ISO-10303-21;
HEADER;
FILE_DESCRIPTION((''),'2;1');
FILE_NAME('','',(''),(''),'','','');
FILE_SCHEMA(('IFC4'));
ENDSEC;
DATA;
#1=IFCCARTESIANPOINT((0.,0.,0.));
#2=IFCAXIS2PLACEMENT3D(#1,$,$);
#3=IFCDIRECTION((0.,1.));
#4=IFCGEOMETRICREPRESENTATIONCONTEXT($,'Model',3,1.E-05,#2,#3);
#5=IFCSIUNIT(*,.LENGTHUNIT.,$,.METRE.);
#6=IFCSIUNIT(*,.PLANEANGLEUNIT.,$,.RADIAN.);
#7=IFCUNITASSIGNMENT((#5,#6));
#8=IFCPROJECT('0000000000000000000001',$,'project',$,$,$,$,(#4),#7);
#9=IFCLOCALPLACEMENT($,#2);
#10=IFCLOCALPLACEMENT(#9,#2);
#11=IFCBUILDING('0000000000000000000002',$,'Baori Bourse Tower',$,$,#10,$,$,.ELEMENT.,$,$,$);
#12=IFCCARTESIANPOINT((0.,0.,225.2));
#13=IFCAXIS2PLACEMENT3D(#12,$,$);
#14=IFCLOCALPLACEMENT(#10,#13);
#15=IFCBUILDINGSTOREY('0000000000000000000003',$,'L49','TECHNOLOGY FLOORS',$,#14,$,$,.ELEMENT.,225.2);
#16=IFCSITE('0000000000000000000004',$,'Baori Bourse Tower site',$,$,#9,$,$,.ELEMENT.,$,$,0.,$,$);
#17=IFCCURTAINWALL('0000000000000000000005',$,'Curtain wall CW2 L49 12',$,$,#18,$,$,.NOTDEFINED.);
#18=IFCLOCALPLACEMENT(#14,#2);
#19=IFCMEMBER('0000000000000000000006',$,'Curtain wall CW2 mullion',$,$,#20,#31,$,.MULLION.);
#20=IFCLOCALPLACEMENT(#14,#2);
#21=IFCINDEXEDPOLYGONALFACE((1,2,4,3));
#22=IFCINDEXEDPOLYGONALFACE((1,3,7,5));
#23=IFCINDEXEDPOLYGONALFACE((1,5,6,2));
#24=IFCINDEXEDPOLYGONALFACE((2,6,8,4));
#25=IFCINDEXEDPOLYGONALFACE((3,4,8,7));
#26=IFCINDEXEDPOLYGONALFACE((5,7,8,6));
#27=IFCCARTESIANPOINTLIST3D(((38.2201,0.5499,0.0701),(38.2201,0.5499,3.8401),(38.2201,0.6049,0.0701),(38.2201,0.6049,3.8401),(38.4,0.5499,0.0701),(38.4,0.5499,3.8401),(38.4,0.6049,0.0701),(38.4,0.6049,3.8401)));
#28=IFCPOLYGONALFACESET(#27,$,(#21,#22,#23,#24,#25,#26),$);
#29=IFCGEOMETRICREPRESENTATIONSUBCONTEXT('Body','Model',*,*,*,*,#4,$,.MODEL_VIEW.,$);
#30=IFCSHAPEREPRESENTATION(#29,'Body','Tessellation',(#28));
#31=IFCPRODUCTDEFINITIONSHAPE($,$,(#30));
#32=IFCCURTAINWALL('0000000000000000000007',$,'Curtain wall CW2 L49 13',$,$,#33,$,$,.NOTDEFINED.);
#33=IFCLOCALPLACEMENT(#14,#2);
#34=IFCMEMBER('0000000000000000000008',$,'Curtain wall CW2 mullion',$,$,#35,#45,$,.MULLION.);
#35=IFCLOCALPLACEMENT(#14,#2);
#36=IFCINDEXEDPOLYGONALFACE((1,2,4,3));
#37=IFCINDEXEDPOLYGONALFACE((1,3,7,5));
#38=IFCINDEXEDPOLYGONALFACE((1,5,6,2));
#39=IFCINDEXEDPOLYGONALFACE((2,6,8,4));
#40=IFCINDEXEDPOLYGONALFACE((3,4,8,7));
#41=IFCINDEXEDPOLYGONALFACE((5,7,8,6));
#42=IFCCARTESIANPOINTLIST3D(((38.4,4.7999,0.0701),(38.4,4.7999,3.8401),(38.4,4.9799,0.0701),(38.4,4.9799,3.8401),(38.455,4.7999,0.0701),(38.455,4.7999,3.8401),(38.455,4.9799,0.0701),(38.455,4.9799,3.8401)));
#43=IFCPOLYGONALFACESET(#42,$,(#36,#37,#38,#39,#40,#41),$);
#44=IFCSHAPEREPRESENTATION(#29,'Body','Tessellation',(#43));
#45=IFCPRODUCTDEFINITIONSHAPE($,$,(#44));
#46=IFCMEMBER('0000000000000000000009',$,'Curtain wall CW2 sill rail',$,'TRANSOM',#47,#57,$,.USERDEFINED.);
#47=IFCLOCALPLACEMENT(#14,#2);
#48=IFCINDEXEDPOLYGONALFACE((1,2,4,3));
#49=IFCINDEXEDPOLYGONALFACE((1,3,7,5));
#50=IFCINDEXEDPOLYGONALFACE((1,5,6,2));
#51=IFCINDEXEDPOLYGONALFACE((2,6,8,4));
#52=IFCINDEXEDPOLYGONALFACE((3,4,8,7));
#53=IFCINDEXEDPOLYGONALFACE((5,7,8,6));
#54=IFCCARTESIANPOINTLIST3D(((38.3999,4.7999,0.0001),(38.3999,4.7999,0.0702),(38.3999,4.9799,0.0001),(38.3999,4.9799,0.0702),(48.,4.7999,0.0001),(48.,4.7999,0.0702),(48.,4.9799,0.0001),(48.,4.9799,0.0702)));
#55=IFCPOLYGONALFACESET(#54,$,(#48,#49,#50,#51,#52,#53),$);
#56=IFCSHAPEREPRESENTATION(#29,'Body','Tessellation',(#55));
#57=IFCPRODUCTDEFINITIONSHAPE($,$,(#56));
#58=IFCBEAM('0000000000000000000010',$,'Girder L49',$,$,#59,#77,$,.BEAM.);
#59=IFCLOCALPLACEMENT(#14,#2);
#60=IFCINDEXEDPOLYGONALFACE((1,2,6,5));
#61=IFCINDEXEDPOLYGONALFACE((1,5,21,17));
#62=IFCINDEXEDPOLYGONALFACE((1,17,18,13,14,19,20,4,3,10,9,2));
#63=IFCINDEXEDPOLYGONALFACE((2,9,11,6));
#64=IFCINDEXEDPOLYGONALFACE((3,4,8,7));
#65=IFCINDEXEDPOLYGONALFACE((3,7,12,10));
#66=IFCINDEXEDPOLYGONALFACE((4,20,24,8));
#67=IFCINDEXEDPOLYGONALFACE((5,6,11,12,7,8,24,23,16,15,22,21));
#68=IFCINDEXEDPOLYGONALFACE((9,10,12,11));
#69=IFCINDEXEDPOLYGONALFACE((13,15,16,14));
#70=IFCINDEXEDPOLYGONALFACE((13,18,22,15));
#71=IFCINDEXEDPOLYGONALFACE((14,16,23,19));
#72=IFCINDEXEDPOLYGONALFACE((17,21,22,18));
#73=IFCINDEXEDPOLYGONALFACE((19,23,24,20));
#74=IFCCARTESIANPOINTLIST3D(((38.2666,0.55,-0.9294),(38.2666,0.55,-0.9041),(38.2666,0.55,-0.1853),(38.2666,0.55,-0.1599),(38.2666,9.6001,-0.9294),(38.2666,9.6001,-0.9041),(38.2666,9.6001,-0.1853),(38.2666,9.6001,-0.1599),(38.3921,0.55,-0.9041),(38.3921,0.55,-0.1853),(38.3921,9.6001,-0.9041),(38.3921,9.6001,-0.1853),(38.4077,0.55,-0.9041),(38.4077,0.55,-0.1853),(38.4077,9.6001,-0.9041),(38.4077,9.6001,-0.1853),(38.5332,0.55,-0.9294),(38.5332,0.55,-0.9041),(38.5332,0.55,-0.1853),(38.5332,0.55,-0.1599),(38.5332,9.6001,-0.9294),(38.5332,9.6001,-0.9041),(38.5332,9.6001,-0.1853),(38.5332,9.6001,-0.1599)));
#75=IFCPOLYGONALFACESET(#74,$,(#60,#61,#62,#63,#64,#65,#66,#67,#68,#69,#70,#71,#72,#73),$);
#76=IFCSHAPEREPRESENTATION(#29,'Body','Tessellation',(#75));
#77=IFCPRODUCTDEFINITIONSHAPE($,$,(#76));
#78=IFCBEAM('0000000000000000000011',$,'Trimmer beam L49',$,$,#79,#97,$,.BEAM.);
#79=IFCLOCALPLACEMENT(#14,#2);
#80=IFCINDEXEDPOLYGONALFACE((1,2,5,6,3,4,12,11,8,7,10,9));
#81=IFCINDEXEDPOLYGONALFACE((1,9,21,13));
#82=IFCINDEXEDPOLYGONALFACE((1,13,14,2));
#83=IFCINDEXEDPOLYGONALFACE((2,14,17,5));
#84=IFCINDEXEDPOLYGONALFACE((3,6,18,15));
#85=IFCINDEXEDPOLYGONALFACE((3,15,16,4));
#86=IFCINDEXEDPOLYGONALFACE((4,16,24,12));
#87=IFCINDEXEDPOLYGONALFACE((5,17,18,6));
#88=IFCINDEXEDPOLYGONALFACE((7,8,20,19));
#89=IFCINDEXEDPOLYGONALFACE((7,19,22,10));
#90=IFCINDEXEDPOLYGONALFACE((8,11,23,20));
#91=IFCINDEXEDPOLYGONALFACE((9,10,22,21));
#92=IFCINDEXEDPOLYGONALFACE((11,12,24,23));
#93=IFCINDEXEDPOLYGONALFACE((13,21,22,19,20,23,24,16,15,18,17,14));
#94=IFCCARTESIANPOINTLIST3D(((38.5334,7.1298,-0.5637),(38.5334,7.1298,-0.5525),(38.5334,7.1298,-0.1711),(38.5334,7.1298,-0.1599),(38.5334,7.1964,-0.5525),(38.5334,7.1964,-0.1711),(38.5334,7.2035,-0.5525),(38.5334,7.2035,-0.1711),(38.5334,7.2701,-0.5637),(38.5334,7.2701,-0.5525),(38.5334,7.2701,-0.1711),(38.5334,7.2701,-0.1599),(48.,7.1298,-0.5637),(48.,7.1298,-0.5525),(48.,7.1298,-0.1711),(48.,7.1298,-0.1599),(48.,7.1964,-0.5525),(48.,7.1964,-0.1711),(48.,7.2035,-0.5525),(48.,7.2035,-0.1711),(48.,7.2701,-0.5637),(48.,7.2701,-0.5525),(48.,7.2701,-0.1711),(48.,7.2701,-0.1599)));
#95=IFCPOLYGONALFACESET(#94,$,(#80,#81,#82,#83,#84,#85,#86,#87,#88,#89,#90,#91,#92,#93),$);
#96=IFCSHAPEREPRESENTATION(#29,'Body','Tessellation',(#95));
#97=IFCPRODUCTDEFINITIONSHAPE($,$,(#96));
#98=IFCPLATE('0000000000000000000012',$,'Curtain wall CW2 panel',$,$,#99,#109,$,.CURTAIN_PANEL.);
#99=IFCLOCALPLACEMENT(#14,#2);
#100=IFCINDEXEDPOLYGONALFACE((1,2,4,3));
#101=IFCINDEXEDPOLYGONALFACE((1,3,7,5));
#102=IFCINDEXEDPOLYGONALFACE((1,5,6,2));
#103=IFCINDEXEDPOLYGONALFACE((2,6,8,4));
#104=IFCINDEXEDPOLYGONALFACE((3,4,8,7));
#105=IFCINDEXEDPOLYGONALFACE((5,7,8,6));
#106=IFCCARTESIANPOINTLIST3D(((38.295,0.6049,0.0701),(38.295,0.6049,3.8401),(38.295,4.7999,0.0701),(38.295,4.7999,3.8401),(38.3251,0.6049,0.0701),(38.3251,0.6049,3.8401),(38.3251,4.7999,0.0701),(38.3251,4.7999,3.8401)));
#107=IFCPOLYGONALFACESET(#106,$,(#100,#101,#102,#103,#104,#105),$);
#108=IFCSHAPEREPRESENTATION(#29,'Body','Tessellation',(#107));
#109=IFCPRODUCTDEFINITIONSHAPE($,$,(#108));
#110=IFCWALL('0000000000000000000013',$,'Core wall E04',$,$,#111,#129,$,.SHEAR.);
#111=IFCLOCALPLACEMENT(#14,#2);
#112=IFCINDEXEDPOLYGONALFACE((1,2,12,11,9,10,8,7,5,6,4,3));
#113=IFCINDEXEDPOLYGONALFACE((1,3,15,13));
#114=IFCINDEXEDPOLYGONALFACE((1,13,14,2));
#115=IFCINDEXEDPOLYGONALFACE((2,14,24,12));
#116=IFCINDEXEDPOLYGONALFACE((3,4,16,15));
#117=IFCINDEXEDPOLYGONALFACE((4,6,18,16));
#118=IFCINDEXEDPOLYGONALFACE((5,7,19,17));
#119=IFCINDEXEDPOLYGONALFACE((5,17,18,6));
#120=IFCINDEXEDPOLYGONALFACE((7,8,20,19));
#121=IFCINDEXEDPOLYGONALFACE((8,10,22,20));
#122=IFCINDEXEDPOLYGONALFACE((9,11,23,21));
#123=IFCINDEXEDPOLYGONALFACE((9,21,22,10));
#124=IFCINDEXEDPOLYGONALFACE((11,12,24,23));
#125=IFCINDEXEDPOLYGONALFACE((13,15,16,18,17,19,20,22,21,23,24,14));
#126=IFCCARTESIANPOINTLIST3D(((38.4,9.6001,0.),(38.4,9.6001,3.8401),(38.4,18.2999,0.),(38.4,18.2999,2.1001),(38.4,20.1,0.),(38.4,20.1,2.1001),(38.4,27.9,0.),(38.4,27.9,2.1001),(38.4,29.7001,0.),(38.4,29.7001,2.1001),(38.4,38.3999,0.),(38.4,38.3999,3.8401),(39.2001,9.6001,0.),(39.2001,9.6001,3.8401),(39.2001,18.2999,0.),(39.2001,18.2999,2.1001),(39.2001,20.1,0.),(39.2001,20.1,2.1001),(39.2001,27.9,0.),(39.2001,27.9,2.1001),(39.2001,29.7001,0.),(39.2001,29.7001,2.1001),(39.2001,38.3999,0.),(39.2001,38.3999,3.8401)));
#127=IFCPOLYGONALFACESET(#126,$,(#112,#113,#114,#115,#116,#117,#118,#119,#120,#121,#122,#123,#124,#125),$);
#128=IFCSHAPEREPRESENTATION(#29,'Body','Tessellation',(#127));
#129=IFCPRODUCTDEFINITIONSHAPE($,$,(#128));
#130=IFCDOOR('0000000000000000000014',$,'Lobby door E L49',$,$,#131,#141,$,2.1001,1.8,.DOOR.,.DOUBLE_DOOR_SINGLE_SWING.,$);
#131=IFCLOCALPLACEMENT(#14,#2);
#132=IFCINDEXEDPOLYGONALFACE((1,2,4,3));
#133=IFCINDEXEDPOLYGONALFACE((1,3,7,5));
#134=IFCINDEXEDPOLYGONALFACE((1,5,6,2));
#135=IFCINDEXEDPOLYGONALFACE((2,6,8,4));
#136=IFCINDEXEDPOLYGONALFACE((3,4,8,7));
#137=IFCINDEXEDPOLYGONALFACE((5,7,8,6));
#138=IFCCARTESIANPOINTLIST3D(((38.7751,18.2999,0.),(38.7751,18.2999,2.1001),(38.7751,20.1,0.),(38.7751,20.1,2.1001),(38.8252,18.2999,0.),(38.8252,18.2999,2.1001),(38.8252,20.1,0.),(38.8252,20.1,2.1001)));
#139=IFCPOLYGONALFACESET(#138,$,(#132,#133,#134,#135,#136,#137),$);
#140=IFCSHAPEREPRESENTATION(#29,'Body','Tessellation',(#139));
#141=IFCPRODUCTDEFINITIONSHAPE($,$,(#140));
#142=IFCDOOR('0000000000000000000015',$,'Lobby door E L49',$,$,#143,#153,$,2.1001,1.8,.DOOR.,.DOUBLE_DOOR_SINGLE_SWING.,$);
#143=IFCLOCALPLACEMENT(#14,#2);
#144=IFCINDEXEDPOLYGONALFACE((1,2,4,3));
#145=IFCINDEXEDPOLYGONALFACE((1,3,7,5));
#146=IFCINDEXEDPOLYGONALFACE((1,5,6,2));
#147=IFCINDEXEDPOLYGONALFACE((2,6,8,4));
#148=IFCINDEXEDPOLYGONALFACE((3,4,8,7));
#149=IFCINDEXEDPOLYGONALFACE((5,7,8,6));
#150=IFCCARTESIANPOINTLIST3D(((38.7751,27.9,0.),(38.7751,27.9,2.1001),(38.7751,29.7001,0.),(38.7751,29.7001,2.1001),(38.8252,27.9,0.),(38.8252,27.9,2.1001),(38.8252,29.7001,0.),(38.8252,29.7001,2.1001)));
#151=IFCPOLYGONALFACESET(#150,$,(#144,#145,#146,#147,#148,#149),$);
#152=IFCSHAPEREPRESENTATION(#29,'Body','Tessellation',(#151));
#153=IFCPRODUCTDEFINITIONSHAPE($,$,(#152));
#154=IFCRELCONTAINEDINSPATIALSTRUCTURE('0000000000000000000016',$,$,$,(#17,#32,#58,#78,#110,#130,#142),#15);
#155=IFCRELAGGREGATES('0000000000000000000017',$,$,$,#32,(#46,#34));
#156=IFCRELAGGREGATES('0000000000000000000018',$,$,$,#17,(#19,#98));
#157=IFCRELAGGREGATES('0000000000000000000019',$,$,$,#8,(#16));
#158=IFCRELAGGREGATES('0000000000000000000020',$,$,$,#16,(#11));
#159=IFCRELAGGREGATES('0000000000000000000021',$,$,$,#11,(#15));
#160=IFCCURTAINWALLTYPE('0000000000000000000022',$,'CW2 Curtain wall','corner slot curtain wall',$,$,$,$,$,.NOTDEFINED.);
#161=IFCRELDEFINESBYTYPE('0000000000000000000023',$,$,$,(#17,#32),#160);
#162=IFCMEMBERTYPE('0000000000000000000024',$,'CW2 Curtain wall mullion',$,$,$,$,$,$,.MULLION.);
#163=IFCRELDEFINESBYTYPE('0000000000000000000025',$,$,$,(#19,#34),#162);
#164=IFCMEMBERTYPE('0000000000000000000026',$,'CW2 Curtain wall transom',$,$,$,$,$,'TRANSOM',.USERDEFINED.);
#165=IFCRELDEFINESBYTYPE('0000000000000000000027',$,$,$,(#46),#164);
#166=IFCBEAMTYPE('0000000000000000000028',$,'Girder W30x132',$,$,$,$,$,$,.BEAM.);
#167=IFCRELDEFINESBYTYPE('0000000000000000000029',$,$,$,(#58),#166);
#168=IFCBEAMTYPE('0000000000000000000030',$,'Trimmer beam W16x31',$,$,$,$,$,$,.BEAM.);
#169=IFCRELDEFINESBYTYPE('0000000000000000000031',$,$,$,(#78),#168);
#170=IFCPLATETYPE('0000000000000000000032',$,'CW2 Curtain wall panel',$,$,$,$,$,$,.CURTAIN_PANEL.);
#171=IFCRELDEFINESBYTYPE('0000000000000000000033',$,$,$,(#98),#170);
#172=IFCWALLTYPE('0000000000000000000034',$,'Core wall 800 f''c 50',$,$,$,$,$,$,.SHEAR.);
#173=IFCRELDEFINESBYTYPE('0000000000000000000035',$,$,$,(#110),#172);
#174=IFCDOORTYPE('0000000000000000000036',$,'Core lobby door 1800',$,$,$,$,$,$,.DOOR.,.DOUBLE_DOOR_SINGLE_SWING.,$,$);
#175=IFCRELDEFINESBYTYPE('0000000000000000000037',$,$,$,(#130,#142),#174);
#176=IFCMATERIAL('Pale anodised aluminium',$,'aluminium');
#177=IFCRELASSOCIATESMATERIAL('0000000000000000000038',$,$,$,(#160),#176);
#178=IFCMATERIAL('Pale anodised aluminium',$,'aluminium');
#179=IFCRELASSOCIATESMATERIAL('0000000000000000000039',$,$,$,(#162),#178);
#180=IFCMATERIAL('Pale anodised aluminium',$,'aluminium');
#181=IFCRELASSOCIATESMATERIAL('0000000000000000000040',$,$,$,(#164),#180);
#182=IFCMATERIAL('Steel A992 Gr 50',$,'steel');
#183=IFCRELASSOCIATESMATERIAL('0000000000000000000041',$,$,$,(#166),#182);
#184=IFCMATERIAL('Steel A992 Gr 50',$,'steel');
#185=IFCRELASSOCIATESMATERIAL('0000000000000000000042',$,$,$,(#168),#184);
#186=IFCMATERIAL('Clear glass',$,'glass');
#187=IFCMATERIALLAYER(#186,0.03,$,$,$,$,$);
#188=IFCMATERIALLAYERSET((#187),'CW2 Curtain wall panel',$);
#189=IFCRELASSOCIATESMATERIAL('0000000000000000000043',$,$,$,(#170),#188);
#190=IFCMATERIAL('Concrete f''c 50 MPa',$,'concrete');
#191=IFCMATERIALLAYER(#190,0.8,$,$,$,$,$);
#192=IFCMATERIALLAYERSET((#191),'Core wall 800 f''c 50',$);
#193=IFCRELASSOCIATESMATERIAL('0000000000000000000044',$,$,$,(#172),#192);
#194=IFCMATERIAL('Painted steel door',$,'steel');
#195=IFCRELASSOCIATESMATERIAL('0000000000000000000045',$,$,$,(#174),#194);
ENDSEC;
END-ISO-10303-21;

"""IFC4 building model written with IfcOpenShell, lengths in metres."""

from ifc_helpers import new_model, si_unit, direction, frame, frame_2d, origin, origin_2d, place, context, subcontext, project, spatial, rectangle, i_section, extrude, material, layer, layer_set, material_profile, profile_set, type_object, element, fill, aggregate, save


model = new_model("IFC4")

# Units and contexts
model_context = context("Model", 3, precision=1e-05, world=origin(), true_north=direction((0.0, 1.0)))
body_context = subcontext(model_context, "Body", "Model", "MODEL_VIEW")
ifc_project = project(units=[si_unit("LENGTHUNIT", "METRE"), si_unit("PLANEANGLEUNIT", "RADIAN")], contexts=[model_context])

# Site, building, storey
site_placement = place(None, origin())
site = spatial("IfcSite", under=ifc_project, at=site_placement, Name="Baori Bourse Tower site", CompositionType="ELEMENT", RefElevation=0.0)
building_placement = place(site_placement, origin())
building = spatial("IfcBuilding", under=site, at=building_placement, Name="Baori Bourse Tower", CompositionType="ELEMENT")
storey_placement = place(building_placement, frame((0.0, 0.0, 225.2)))
storey = spatial("IfcBuildingStorey", under=building, at=storey_placement, Name="L49", Description="TECHNOLOGY FLOORS", CompositionType="ELEMENT", Elevation=225.2)

# Curtain wall, member
ifc_material_1 = material(Name="Pale anodised aluminium", Category="aluminium")
curtain_wall_type = type_object("IfcCurtainWallType", Name="CW2 Curtain wall", Description="corner slot curtain wall", PredefinedType="NOTDEFINED", material=ifc_material_1)
curtain_wall_1_placement = place(storey_placement, origin())
curtain_wall_1 = element("IfcCurtainWall", 1, at=curtain_wall_1_placement, inside=storey, type_object=curtain_wall_type, Name="Curtain wall CW2 L49 12", PredefinedType="NOTDEFINED")
ifc_material_2 = material(Name="Pale anodised aluminium", Category="aluminium")
ifc_material_profile_1 = material_profile(ifc_material_2, rectangle(XDim=0.1799, YDim=0.0549, at=origin_2d()), Name="Mullion 55x180")
ifc_profile_set_1 = profile_set([ifc_material_profile_1], Name="Pale anodised aluminium")
member_type_1 = type_object("IfcMemberType", Name="CW2 Curtain wall mullion", PredefinedType="MULLION", material=ifc_profile_set_1)
member_1_placement = place(storey_placement, frame((38.3101, 0.5774, 0.0701), z_axis=(0.0, 0.0, 1.0), x_axis=(-1.0, 0.0, 0.0)))
member_1 = element("IfcMember", 2, at=member_1_placement, type_object=member_type_1, Name="Curtain wall CW2 mullion", PredefinedType="MULLION", context=body_context, shape_type="SweptSolid", body=[
    extrude(rectangle(XDim=0.1799, YDim=0.0549, at=origin_2d()), origin(), (0.0, 0.0, 1.0), 3.77),
])

# Curtain wall, members
curtain_wall_2_placement = place(storey_placement, origin())
curtain_wall_2 = element("IfcCurtainWall", 3, at=curtain_wall_2_placement, inside=storey, type_object=curtain_wall_type, Name="Curtain wall CW2 L49 13", PredefinedType="NOTDEFINED")
member_2_placement = place(storey_placement, frame((38.4275, 4.8899, 0.0701), z_axis=(0.0, 0.0, 1.0), x_axis=(0.0, 1.0, 0.0)))
member_2 = element("IfcMember", 4, at=member_2_placement, type_object=member_type_1, Name="Curtain wall CW2 mullion", PredefinedType="MULLION", context=body_context, shape_type="SweptSolid", body=[
    extrude(rectangle(XDim=0.1799, YDim=0.0549, at=origin_2d()), origin(), (0.0, 0.0, 1.0), 3.77),
])
ifc_material_3 = material(Name="Pale anodised aluminium", Category="aluminium")
ifc_material_profile_2 = material_profile(ifc_material_3, rectangle(XDim=0.1799, YDim=0.0701, at=origin_2d()), Name="Transom 70x180")
ifc_profile_set_2 = profile_set([ifc_material_profile_2], Name="Pale anodised aluminium")
member_type_2 = type_object("IfcMemberType", Name="CW2 Curtain wall transom", ElementType="TRANSOM", PredefinedType="USERDEFINED", material=ifc_profile_set_2)
member_3_placement = place(storey_placement, frame((38.3999, 4.8899, 0.0352), z_axis=(1.0, 0.0, 0.0), x_axis=(0.0, 1.0, 0.0)))
member_3 = element("IfcMember", 5, at=member_3_placement, type_object=member_type_2, Name="Curtain wall CW2 sill rail", ObjectType="TRANSOM", PredefinedType="USERDEFINED", context=body_context, shape_type="SweptSolid", body=[
    extrude(rectangle(XDim=0.1799, YDim=0.0701, at=origin_2d()), origin(), (0.0, 0.0, 1.0), 9.6001),
])
aggregate(curtain_wall_2, [member_3, member_2])

# Beams
ifc_material_4 = material(Name="Steel A992 Gr 50", Category="steel")
ifc_material_profile_3 = material_profile(ifc_material_4, i_section(OverallWidth=0.2666, OverallDepth=0.7695, WebThickness=0.0156, FlangeThickness=0.0254, at=origin_2d()), Name="W30x132")
ifc_profile_set_3 = profile_set([ifc_material_profile_3], Name="Steel A992 Gr 50")
beam_type_1 = type_object("IfcBeamType", Name="Girder W30x132", PredefinedType="BEAM", material=ifc_profile_set_3)
beam_1_placement = place(storey_placement, frame((38.3999, 0.55, -0.5447), z_axis=(0.0, 1.0, 0.0), x_axis=(-1.0, 0.0, 0.0)))
element("IfcBeam", 6, at=beam_1_placement, inside=storey, type_object=beam_type_1, Name="Girder L49", PredefinedType="BEAM", context=body_context, shape_type="SweptSolid", body=[
    extrude(i_section(OverallWidth=0.2666, OverallDepth=0.7695, WebThickness=0.0156, FlangeThickness=0.0254, at=origin_2d()), origin(), (0.0, 0.0, 1.0), 9.05),
])
ifc_material_5 = material(Name="Steel A992 Gr 50", Category="steel")
ifc_material_profile_4 = material_profile(ifc_material_5, i_section(OverallWidth=0.1404, OverallDepth=0.4038, WebThickness=0.0071, FlangeThickness=0.0112, at=origin_2d()), Name="W16x31")
ifc_profile_set_4 = profile_set([ifc_material_profile_4], Name="Steel A992 Gr 50")
beam_type_2 = type_object("IfcBeamType", Name="Trimmer beam W16x31", PredefinedType="BEAM", material=ifc_profile_set_4)
beam_2_placement = place(storey_placement, frame((38.5334, 7.2, -0.3618), z_axis=(1.0, 0.0, 0.0), x_axis=(0.0, 1.0, 0.0)))
element("IfcBeam", 7, at=beam_2_placement, inside=storey, type_object=beam_type_2, Name="Trimmer beam L49", PredefinedType="BEAM", context=body_context, shape_type="SweptSolid", body=[
    extrude(i_section(OverallWidth=0.1404, OverallDepth=0.4038, WebThickness=0.0071, FlangeThickness=0.0112, at=origin_2d()), origin(), (0.0, 0.0, 1.0), 9.4666),
])

# Plate
ifc_material_6 = material(Name="Clear glass", Category="glass")
ifc_layer_1 = layer(ifc_material_6, 0.03)
ifc_layer_set_1 = layer_set([ifc_layer_1], Name="CW2 Curtain wall panel")
plate_type = type_object("IfcPlateType", Name="CW2 Curtain wall panel", PredefinedType="CURTAIN_PANEL", material=ifc_layer_set_1)
plate_placement = place(storey_placement, frame((38.3101, 2.7024, 0.0701), z_axis=(0.0, 0.0, 1.0), x_axis=(0.0, 1.0, 0.0)))
plate = element("IfcPlate", 8, at=plate_placement, type_object=plate_type, Name="Curtain wall CW2 panel", PredefinedType="CURTAIN_PANEL", context=body_context, shape_type="SweptSolid", body=[
    extrude(rectangle(XDim=4.1951, YDim=0.03, at=origin_2d()), origin(), (0.0, 0.0, 1.0), 3.77),
])
aggregate(curtain_wall_1, [member_1, plate])

# Wall, openings, doors
ifc_material_7 = material(Name="Concrete f'c 50 MPa", Category="concrete")
ifc_layer_2 = layer(ifc_material_7, 0.8)
ifc_layer_set_2 = layer_set([ifc_layer_2], Name="Core wall 800 f'c 50")
wall_type_1 = type_object("IfcWallType", Name="Core wall 800 f'c 50", PredefinedType="SHEAR", material=ifc_layer_set_2)
wall_1_placement = place(storey_placement, frame((38.8, 9.6001, 0.0), z_axis=(0.0, 0.0, 1.0), x_axis=(0.0, 1.0, 0.0)))
wall_1 = element("IfcWall", 9, at=wall_1_placement, inside=storey, type_object=wall_type_1, Name="Core wall E04", PredefinedType="SHEAR", context=body_context, shape_type="SweptSolid", body=[
    extrude(rectangle(XDim=28.7998, YDim=0.8, at=frame_2d((14.3999, 0.0))), origin(), (0.0, 0.0, 1.0), 3.8401),
])
opening_1_placement = place(wall_1_placement, frame((8.7, 0.0, 0.0)))
opening_1 = element("IfcOpeningElement", 10, at=opening_1_placement, cuts=wall_1, PredefinedType="OPENING", context=body_context, shape_type="SweptSolid", body=[
    extrude(rectangle(XDim=1.8, YDim=2.1001, at=frame_2d((0.8999, 1.05))), frame((0.0, 0.4099, 0.0), z_axis=(0.0, -1.0, 0.0), x_axis=(1.0, 0.0, 0.0)), (0.0, 0.0, 1.0), 0.8201),
])
opening_2_placement = place(wall_1_placement, frame((18.3, 0.0, 0.0)))
opening_2 = element("IfcOpeningElement", 11, at=opening_2_placement, cuts=wall_1, PredefinedType="OPENING", context=body_context, shape_type="SweptSolid", body=[
    extrude(rectangle(XDim=1.8, YDim=2.1001, at=frame_2d((0.8999, 1.05))), frame((0.0, 0.4099, 0.0), z_axis=(0.0, -1.0, 0.0), x_axis=(1.0, 0.0, 0.0)), (0.0, 0.0, 1.0), 0.8201),
])
ifc_material_8 = material(Name="Painted steel door", Category="steel")
door_type_1 = type_object("IfcDoorType", Name="Core lobby door 1800", OperationType="DOUBLE_DOOR_SINGLE_SWING", PredefinedType="DOOR", material=ifc_material_8)
door_1_placement = place(opening_1_placement, origin())
door_1 = element("IfcDoor", 12, at=door_1_placement, inside=storey, type_object=door_type_1, Name="Lobby door E L49", OperationType="DOUBLE_DOOR_SINGLE_SWING", OverallHeight=2.1001, OverallWidth=1.8, PredefinedType="DOOR", context=body_context, shape_type="SweptSolid", body=[
    extrude(rectangle(XDim=1.8, YDim=2.1001, at=frame_2d((0.8999, 1.05))), frame((0.0, 0.0249, 0.0), z_axis=(0.0, -1.0, 0.0), x_axis=(1.0, 0.0, 0.0)), (0.0, 0.0, 1.0), 0.05),
])
fill(opening_1, door_1)
door_2_placement = place(opening_2_placement, origin())
door_2 = element("IfcDoor", 13, at=door_2_placement, inside=storey, type_object=door_type_1, Name="Lobby door E L49", OperationType="DOUBLE_DOOR_SINGLE_SWING", OverallHeight=2.1001, OverallWidth=1.8, PredefinedType="DOOR", context=body_context, shape_type="SweptSolid", body=[
    extrude(rectangle(XDim=1.8, YDim=2.1001, at=frame_2d((0.8999, 1.05))), frame((0.0, 0.0249, 0.0), z_axis=(0.0, -1.0, 0.0), x_axis=(1.0, 0.0, 0.0)), (0.0, 0.0, 1.0), 0.05),
])
fill(opening_2, door_2)

save(model, "model.ifc")
